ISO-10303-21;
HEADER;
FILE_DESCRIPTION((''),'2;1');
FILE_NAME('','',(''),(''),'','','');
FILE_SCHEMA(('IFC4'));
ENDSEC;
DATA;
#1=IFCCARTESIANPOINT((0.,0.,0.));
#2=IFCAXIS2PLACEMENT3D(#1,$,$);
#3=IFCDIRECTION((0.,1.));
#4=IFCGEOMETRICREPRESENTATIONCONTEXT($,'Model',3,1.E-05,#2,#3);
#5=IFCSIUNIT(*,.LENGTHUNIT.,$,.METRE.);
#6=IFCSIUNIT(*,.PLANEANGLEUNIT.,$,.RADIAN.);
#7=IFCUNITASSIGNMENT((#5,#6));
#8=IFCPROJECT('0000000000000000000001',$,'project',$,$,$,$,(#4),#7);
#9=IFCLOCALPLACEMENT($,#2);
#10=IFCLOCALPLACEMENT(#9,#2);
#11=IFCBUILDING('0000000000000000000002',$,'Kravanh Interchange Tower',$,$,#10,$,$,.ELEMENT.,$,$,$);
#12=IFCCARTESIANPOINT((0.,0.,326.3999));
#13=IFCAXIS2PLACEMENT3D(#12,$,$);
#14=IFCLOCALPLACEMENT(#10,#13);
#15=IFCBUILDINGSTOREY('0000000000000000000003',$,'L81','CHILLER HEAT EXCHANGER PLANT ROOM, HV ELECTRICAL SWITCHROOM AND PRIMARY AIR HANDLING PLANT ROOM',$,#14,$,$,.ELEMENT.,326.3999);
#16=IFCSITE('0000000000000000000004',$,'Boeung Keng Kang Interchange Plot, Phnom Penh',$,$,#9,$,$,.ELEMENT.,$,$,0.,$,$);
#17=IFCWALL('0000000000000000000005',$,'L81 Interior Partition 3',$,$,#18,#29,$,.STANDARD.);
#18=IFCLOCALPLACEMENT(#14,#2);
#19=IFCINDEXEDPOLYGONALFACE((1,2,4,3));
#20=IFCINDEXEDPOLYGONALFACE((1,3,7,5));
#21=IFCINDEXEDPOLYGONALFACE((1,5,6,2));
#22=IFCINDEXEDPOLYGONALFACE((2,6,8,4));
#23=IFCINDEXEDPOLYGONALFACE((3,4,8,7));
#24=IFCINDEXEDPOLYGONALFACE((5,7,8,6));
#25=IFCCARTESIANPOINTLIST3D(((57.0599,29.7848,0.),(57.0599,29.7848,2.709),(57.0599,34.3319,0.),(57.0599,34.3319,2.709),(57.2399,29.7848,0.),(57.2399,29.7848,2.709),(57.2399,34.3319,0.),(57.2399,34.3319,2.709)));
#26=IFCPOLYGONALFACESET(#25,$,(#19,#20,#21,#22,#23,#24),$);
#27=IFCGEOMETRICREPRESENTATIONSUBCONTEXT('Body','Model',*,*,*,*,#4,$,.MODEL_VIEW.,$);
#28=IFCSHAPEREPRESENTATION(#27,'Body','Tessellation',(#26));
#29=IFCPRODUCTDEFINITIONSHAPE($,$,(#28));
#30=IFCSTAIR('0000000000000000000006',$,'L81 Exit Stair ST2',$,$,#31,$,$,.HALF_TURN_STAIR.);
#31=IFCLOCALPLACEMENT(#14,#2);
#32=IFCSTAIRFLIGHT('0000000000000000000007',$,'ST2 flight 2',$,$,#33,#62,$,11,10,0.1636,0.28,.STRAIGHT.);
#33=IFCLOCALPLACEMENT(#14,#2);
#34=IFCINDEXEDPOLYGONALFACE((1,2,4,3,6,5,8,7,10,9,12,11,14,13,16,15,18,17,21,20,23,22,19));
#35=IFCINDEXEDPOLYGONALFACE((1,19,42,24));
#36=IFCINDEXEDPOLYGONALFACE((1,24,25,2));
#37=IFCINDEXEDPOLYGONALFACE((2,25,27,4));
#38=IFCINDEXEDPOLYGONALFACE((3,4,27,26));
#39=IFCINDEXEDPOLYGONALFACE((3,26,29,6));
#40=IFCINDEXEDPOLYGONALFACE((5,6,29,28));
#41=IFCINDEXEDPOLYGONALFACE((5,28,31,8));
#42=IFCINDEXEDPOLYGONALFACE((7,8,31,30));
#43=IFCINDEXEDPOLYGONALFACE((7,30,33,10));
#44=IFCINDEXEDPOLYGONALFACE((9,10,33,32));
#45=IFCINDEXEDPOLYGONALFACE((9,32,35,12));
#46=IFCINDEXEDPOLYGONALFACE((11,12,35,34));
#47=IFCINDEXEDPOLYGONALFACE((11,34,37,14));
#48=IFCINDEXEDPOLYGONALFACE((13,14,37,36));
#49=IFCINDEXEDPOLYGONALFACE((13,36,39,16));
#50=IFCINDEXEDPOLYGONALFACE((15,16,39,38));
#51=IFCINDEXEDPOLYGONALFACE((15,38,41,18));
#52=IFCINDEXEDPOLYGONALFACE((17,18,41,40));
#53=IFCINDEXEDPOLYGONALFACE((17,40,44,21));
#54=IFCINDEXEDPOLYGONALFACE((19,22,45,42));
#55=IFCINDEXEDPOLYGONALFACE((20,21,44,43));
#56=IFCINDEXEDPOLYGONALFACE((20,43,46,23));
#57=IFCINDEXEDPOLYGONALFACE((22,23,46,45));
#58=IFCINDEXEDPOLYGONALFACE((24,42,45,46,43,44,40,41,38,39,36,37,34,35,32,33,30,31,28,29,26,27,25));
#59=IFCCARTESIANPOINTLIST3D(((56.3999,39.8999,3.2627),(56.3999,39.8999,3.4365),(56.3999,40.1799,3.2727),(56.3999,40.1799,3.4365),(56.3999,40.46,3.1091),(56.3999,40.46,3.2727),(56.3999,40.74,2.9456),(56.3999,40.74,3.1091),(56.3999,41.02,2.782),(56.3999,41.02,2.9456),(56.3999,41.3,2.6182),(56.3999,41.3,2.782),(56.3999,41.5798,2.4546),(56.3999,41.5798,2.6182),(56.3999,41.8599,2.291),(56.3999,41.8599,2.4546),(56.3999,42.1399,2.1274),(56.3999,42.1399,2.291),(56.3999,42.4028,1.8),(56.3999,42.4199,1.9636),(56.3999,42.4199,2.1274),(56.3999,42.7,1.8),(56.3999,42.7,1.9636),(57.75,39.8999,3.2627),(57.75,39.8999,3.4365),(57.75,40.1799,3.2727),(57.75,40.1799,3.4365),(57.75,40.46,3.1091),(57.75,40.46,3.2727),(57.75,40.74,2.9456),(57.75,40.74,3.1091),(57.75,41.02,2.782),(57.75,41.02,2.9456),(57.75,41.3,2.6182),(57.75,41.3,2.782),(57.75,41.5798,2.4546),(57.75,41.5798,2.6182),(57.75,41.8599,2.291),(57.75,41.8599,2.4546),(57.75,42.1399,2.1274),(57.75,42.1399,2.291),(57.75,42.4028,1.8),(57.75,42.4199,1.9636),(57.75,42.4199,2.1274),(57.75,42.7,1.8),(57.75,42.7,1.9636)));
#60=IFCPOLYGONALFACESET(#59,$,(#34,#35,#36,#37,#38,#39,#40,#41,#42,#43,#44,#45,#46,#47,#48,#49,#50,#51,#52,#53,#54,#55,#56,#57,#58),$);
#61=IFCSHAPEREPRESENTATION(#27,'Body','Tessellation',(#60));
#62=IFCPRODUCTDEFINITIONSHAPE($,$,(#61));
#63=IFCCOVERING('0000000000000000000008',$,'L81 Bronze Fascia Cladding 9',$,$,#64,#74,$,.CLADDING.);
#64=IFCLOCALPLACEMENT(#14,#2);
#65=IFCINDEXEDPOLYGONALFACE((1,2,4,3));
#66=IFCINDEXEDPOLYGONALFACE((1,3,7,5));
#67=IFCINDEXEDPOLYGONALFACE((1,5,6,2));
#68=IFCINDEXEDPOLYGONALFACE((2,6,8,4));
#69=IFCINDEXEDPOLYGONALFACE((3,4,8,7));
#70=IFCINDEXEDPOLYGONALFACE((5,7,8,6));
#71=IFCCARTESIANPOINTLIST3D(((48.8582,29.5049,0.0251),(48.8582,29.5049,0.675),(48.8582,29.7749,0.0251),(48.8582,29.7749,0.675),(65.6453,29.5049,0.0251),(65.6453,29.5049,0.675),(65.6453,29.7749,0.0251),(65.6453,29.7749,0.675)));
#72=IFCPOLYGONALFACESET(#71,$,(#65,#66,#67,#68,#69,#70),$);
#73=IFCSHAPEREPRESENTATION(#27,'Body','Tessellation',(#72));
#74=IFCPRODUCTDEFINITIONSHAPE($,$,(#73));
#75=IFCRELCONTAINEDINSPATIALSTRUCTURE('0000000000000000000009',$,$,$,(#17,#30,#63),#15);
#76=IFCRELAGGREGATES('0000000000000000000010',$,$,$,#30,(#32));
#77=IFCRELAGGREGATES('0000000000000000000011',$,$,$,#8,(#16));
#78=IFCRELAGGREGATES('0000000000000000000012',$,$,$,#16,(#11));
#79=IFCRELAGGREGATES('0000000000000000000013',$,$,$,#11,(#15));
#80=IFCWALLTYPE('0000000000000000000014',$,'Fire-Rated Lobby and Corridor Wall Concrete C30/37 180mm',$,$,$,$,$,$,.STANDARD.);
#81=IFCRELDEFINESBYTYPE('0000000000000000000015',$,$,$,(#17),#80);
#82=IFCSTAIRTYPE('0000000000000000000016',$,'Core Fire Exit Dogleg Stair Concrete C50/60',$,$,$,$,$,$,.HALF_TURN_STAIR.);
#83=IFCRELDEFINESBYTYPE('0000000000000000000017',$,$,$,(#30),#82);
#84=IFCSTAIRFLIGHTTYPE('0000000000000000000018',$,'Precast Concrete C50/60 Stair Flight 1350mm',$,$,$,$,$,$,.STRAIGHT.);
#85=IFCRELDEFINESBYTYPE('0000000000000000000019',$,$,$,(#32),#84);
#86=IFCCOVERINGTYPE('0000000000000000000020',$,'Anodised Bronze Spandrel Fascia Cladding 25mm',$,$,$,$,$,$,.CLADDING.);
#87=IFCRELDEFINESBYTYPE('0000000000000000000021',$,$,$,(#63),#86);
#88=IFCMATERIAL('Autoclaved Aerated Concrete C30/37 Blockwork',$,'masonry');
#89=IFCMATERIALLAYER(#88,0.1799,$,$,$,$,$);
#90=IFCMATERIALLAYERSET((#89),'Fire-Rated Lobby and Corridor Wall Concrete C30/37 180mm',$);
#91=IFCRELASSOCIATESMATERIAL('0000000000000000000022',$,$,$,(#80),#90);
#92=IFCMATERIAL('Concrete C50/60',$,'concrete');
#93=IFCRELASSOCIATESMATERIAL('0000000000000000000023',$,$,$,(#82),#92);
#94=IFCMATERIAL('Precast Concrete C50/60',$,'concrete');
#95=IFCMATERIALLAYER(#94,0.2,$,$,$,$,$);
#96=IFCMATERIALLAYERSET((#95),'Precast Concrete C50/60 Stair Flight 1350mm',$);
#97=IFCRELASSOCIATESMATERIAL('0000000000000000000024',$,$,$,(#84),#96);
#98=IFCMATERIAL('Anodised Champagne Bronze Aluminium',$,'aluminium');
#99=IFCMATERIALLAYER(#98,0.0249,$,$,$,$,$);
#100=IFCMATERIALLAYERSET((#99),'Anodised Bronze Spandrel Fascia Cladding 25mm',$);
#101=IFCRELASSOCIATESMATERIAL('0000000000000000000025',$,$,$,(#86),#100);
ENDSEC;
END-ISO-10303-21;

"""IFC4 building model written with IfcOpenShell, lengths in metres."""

from ifc_helpers import new_model, si_unit, direction, frame, frame_2d, origin, origin_2d, place, context, subcontext, project, spatial, polyline, rectangle, outline, extrude, material, layer, layer_set, type_object, element, aggregate, save


model = new_model("IFC4")

# Units and contexts
model_context = context("Model", 3, precision=1e-05, world=origin(), true_north=direction((0.0, 1.0)))
body_context = subcontext(model_context, "Body", "Model", "MODEL_VIEW")
ifc_project = project(units=[si_unit("LENGTHUNIT", "METRE"), si_unit("PLANEANGLEUNIT", "RADIAN")], contexts=[model_context])

# Site, building, storey
site_placement = place(None, origin())
site = spatial("IfcSite", under=ifc_project, at=site_placement, Name="Boeung Keng Kang Interchange Plot, Phnom Penh", CompositionType="ELEMENT", RefElevation=0.0)
building_placement = place(site_placement, origin())
building = spatial("IfcBuilding", under=site, at=building_placement, Name="Kravanh Interchange Tower", CompositionType="ELEMENT")
storey_placement = place(building_placement, frame((0.0, 0.0, 326.3999)))
storey = spatial("IfcBuildingStorey", under=building, at=storey_placement, Name="L81", Description="CHILLER HEAT EXCHANGER PLANT ROOM, HV ELECTRICAL SWITCHROOM AND PRIMARY AIR HANDLING PLANT ROOM", CompositionType="ELEMENT", Elevation=326.3999)

# Wall
ifc_material_1 = material(Name="Autoclaved Aerated Concrete C30/37 Blockwork", Category="masonry")
ifc_layer_1 = layer(ifc_material_1, 0.1799)
ifc_layer_set_1 = layer_set([ifc_layer_1], Name="Fire-Rated Lobby and Corridor Wall Concrete C30/37 180mm")
wall_type_1 = type_object("IfcWallType", Name="Fire-Rated Lobby and Corridor Wall Concrete C30/37 180mm", PredefinedType="STANDARD", material=ifc_layer_set_1)
wall_1_placement = place(storey_placement, frame((57.1499, 29.7849, 0.0), z_axis=(0.0, 0.0, 1.0), x_axis=(0.0, 1.0, 0.0)))
element("IfcWall", 1, at=wall_1_placement, inside=storey, type_object=wall_type_1, Name="L81 Interior Partition 3", PredefinedType="STANDARD", context=body_context, shape_type="SweptSolid", body=[
    extrude(rectangle(XDim=4.5471, YDim=0.1799, at=frame_2d((2.2734, 0.0))), origin(), (0.0, 0.0, 1.0), 2.709),
])

# Stair, stair flight
ifc_material_2 = material(Name="Concrete C50/60", Category="concrete")
stair_type = type_object("IfcStairType", Name="Core Fire Exit Dogleg Stair Concrete C50/60", PredefinedType="HALF_TURN_STAIR", material=ifc_material_2)
stair_placement = place(storey_placement, origin())
stair = element("IfcStair", 2, at=stair_placement, inside=storey, type_object=stair_type, Name="L81 Exit Stair ST2", PredefinedType="HALF_TURN_STAIR")
ifc_material_3 = material(Name="Precast Concrete C50/60", Category="concrete")
ifc_layer_2 = layer(ifc_material_3, 0.2)
ifc_layer_set_2 = layer_set([ifc_layer_2], Name="Precast Concrete C50/60 Stair Flight 1350mm")
stair_flight_type = type_object("IfcStairFlightType", Name="Precast Concrete C50/60 Stair Flight 1350mm", PredefinedType="STRAIGHT", material=ifc_layer_set_2)
stair_flight_placement = place(storey_placement, frame((57.075, 42.7, 1.8), z_axis=(0.0, 0.0, 1.0), x_axis=(0.0, -1.0, 0.0)))
stair_flight = element("IfcStairFlight", 3, at=stair_flight_placement, type_object=stair_flight_type, Name="ST2 flight 2", NumberOfRisers=11, NumberOfTreads=10, PredefinedType="STRAIGHT", RiserHeight=0.1636, TreadLength=0.28, context=body_context, shape_type="SweptSolid", body=[
    extrude(outline(polyline([(0.0, 0.0), (0.0, 0.1636), (0.28, 0.1636), (0.28, 0.3274), (0.5601, 0.3274), (0.5601, 0.491), (0.8401, 0.491), (0.8401, 0.6545), (1.1201, 0.6545), (1.1201, 0.8181), (1.3999, 0.8181), (1.3999, 0.9819), (1.6799, 0.9819), (1.6799, 1.1455), (1.96, 1.1455), (1.96, 1.3091), (2.24, 1.3091), (2.24, 1.4727), (2.52, 1.4727), (2.52, 1.6365), (2.8, 1.6365), (2.8, 1.8), (2.8, 1.4626), (0.2971, 0.0), (0.0, 0.0)])), frame((0.0, 0.675, 0.0), z_axis=(0.0, -1.0, 0.0), x_axis=(1.0, 0.0, 0.0)), (0.0, 0.0, 1.0), 1.3501),
])
aggregate(stair, [stair_flight])

# Covering
ifc_material_4 = material(Name="Anodised Champagne Bronze Aluminium", Category="aluminium")
ifc_layer_3 = layer(ifc_material_4, 0.0249)
ifc_layer_set_3 = layer_set([ifc_layer_3], Name="Anodised Bronze Spandrel Fascia Cladding 25mm")
covering_type = type_object("IfcCoveringType", Name="Anodised Bronze Spandrel Fascia Cladding 25mm", PredefinedType="CLADDING", material=ifc_layer_set_3)
covering_placement = place(storey_placement, frame((57.2517, 29.6399, 0.0251), z_axis=(0.0, 0.0, 1.0), x_axis=(-1.0, 0.0, 0.0)))
element("IfcCovering", 4, at=covering_placement, inside=storey, type_object=covering_type, Name="L81 Bronze Fascia Cladding 9", PredefinedType="CLADDING", context=body_context, shape_type="SweptSolid", body=[
    extrude(rectangle(XDim=16.7871, YDim=0.27, at=origin_2d()), origin(), (0.0, 0.0, 1.0), 0.6499),
])

save(model, "model.ifc")
